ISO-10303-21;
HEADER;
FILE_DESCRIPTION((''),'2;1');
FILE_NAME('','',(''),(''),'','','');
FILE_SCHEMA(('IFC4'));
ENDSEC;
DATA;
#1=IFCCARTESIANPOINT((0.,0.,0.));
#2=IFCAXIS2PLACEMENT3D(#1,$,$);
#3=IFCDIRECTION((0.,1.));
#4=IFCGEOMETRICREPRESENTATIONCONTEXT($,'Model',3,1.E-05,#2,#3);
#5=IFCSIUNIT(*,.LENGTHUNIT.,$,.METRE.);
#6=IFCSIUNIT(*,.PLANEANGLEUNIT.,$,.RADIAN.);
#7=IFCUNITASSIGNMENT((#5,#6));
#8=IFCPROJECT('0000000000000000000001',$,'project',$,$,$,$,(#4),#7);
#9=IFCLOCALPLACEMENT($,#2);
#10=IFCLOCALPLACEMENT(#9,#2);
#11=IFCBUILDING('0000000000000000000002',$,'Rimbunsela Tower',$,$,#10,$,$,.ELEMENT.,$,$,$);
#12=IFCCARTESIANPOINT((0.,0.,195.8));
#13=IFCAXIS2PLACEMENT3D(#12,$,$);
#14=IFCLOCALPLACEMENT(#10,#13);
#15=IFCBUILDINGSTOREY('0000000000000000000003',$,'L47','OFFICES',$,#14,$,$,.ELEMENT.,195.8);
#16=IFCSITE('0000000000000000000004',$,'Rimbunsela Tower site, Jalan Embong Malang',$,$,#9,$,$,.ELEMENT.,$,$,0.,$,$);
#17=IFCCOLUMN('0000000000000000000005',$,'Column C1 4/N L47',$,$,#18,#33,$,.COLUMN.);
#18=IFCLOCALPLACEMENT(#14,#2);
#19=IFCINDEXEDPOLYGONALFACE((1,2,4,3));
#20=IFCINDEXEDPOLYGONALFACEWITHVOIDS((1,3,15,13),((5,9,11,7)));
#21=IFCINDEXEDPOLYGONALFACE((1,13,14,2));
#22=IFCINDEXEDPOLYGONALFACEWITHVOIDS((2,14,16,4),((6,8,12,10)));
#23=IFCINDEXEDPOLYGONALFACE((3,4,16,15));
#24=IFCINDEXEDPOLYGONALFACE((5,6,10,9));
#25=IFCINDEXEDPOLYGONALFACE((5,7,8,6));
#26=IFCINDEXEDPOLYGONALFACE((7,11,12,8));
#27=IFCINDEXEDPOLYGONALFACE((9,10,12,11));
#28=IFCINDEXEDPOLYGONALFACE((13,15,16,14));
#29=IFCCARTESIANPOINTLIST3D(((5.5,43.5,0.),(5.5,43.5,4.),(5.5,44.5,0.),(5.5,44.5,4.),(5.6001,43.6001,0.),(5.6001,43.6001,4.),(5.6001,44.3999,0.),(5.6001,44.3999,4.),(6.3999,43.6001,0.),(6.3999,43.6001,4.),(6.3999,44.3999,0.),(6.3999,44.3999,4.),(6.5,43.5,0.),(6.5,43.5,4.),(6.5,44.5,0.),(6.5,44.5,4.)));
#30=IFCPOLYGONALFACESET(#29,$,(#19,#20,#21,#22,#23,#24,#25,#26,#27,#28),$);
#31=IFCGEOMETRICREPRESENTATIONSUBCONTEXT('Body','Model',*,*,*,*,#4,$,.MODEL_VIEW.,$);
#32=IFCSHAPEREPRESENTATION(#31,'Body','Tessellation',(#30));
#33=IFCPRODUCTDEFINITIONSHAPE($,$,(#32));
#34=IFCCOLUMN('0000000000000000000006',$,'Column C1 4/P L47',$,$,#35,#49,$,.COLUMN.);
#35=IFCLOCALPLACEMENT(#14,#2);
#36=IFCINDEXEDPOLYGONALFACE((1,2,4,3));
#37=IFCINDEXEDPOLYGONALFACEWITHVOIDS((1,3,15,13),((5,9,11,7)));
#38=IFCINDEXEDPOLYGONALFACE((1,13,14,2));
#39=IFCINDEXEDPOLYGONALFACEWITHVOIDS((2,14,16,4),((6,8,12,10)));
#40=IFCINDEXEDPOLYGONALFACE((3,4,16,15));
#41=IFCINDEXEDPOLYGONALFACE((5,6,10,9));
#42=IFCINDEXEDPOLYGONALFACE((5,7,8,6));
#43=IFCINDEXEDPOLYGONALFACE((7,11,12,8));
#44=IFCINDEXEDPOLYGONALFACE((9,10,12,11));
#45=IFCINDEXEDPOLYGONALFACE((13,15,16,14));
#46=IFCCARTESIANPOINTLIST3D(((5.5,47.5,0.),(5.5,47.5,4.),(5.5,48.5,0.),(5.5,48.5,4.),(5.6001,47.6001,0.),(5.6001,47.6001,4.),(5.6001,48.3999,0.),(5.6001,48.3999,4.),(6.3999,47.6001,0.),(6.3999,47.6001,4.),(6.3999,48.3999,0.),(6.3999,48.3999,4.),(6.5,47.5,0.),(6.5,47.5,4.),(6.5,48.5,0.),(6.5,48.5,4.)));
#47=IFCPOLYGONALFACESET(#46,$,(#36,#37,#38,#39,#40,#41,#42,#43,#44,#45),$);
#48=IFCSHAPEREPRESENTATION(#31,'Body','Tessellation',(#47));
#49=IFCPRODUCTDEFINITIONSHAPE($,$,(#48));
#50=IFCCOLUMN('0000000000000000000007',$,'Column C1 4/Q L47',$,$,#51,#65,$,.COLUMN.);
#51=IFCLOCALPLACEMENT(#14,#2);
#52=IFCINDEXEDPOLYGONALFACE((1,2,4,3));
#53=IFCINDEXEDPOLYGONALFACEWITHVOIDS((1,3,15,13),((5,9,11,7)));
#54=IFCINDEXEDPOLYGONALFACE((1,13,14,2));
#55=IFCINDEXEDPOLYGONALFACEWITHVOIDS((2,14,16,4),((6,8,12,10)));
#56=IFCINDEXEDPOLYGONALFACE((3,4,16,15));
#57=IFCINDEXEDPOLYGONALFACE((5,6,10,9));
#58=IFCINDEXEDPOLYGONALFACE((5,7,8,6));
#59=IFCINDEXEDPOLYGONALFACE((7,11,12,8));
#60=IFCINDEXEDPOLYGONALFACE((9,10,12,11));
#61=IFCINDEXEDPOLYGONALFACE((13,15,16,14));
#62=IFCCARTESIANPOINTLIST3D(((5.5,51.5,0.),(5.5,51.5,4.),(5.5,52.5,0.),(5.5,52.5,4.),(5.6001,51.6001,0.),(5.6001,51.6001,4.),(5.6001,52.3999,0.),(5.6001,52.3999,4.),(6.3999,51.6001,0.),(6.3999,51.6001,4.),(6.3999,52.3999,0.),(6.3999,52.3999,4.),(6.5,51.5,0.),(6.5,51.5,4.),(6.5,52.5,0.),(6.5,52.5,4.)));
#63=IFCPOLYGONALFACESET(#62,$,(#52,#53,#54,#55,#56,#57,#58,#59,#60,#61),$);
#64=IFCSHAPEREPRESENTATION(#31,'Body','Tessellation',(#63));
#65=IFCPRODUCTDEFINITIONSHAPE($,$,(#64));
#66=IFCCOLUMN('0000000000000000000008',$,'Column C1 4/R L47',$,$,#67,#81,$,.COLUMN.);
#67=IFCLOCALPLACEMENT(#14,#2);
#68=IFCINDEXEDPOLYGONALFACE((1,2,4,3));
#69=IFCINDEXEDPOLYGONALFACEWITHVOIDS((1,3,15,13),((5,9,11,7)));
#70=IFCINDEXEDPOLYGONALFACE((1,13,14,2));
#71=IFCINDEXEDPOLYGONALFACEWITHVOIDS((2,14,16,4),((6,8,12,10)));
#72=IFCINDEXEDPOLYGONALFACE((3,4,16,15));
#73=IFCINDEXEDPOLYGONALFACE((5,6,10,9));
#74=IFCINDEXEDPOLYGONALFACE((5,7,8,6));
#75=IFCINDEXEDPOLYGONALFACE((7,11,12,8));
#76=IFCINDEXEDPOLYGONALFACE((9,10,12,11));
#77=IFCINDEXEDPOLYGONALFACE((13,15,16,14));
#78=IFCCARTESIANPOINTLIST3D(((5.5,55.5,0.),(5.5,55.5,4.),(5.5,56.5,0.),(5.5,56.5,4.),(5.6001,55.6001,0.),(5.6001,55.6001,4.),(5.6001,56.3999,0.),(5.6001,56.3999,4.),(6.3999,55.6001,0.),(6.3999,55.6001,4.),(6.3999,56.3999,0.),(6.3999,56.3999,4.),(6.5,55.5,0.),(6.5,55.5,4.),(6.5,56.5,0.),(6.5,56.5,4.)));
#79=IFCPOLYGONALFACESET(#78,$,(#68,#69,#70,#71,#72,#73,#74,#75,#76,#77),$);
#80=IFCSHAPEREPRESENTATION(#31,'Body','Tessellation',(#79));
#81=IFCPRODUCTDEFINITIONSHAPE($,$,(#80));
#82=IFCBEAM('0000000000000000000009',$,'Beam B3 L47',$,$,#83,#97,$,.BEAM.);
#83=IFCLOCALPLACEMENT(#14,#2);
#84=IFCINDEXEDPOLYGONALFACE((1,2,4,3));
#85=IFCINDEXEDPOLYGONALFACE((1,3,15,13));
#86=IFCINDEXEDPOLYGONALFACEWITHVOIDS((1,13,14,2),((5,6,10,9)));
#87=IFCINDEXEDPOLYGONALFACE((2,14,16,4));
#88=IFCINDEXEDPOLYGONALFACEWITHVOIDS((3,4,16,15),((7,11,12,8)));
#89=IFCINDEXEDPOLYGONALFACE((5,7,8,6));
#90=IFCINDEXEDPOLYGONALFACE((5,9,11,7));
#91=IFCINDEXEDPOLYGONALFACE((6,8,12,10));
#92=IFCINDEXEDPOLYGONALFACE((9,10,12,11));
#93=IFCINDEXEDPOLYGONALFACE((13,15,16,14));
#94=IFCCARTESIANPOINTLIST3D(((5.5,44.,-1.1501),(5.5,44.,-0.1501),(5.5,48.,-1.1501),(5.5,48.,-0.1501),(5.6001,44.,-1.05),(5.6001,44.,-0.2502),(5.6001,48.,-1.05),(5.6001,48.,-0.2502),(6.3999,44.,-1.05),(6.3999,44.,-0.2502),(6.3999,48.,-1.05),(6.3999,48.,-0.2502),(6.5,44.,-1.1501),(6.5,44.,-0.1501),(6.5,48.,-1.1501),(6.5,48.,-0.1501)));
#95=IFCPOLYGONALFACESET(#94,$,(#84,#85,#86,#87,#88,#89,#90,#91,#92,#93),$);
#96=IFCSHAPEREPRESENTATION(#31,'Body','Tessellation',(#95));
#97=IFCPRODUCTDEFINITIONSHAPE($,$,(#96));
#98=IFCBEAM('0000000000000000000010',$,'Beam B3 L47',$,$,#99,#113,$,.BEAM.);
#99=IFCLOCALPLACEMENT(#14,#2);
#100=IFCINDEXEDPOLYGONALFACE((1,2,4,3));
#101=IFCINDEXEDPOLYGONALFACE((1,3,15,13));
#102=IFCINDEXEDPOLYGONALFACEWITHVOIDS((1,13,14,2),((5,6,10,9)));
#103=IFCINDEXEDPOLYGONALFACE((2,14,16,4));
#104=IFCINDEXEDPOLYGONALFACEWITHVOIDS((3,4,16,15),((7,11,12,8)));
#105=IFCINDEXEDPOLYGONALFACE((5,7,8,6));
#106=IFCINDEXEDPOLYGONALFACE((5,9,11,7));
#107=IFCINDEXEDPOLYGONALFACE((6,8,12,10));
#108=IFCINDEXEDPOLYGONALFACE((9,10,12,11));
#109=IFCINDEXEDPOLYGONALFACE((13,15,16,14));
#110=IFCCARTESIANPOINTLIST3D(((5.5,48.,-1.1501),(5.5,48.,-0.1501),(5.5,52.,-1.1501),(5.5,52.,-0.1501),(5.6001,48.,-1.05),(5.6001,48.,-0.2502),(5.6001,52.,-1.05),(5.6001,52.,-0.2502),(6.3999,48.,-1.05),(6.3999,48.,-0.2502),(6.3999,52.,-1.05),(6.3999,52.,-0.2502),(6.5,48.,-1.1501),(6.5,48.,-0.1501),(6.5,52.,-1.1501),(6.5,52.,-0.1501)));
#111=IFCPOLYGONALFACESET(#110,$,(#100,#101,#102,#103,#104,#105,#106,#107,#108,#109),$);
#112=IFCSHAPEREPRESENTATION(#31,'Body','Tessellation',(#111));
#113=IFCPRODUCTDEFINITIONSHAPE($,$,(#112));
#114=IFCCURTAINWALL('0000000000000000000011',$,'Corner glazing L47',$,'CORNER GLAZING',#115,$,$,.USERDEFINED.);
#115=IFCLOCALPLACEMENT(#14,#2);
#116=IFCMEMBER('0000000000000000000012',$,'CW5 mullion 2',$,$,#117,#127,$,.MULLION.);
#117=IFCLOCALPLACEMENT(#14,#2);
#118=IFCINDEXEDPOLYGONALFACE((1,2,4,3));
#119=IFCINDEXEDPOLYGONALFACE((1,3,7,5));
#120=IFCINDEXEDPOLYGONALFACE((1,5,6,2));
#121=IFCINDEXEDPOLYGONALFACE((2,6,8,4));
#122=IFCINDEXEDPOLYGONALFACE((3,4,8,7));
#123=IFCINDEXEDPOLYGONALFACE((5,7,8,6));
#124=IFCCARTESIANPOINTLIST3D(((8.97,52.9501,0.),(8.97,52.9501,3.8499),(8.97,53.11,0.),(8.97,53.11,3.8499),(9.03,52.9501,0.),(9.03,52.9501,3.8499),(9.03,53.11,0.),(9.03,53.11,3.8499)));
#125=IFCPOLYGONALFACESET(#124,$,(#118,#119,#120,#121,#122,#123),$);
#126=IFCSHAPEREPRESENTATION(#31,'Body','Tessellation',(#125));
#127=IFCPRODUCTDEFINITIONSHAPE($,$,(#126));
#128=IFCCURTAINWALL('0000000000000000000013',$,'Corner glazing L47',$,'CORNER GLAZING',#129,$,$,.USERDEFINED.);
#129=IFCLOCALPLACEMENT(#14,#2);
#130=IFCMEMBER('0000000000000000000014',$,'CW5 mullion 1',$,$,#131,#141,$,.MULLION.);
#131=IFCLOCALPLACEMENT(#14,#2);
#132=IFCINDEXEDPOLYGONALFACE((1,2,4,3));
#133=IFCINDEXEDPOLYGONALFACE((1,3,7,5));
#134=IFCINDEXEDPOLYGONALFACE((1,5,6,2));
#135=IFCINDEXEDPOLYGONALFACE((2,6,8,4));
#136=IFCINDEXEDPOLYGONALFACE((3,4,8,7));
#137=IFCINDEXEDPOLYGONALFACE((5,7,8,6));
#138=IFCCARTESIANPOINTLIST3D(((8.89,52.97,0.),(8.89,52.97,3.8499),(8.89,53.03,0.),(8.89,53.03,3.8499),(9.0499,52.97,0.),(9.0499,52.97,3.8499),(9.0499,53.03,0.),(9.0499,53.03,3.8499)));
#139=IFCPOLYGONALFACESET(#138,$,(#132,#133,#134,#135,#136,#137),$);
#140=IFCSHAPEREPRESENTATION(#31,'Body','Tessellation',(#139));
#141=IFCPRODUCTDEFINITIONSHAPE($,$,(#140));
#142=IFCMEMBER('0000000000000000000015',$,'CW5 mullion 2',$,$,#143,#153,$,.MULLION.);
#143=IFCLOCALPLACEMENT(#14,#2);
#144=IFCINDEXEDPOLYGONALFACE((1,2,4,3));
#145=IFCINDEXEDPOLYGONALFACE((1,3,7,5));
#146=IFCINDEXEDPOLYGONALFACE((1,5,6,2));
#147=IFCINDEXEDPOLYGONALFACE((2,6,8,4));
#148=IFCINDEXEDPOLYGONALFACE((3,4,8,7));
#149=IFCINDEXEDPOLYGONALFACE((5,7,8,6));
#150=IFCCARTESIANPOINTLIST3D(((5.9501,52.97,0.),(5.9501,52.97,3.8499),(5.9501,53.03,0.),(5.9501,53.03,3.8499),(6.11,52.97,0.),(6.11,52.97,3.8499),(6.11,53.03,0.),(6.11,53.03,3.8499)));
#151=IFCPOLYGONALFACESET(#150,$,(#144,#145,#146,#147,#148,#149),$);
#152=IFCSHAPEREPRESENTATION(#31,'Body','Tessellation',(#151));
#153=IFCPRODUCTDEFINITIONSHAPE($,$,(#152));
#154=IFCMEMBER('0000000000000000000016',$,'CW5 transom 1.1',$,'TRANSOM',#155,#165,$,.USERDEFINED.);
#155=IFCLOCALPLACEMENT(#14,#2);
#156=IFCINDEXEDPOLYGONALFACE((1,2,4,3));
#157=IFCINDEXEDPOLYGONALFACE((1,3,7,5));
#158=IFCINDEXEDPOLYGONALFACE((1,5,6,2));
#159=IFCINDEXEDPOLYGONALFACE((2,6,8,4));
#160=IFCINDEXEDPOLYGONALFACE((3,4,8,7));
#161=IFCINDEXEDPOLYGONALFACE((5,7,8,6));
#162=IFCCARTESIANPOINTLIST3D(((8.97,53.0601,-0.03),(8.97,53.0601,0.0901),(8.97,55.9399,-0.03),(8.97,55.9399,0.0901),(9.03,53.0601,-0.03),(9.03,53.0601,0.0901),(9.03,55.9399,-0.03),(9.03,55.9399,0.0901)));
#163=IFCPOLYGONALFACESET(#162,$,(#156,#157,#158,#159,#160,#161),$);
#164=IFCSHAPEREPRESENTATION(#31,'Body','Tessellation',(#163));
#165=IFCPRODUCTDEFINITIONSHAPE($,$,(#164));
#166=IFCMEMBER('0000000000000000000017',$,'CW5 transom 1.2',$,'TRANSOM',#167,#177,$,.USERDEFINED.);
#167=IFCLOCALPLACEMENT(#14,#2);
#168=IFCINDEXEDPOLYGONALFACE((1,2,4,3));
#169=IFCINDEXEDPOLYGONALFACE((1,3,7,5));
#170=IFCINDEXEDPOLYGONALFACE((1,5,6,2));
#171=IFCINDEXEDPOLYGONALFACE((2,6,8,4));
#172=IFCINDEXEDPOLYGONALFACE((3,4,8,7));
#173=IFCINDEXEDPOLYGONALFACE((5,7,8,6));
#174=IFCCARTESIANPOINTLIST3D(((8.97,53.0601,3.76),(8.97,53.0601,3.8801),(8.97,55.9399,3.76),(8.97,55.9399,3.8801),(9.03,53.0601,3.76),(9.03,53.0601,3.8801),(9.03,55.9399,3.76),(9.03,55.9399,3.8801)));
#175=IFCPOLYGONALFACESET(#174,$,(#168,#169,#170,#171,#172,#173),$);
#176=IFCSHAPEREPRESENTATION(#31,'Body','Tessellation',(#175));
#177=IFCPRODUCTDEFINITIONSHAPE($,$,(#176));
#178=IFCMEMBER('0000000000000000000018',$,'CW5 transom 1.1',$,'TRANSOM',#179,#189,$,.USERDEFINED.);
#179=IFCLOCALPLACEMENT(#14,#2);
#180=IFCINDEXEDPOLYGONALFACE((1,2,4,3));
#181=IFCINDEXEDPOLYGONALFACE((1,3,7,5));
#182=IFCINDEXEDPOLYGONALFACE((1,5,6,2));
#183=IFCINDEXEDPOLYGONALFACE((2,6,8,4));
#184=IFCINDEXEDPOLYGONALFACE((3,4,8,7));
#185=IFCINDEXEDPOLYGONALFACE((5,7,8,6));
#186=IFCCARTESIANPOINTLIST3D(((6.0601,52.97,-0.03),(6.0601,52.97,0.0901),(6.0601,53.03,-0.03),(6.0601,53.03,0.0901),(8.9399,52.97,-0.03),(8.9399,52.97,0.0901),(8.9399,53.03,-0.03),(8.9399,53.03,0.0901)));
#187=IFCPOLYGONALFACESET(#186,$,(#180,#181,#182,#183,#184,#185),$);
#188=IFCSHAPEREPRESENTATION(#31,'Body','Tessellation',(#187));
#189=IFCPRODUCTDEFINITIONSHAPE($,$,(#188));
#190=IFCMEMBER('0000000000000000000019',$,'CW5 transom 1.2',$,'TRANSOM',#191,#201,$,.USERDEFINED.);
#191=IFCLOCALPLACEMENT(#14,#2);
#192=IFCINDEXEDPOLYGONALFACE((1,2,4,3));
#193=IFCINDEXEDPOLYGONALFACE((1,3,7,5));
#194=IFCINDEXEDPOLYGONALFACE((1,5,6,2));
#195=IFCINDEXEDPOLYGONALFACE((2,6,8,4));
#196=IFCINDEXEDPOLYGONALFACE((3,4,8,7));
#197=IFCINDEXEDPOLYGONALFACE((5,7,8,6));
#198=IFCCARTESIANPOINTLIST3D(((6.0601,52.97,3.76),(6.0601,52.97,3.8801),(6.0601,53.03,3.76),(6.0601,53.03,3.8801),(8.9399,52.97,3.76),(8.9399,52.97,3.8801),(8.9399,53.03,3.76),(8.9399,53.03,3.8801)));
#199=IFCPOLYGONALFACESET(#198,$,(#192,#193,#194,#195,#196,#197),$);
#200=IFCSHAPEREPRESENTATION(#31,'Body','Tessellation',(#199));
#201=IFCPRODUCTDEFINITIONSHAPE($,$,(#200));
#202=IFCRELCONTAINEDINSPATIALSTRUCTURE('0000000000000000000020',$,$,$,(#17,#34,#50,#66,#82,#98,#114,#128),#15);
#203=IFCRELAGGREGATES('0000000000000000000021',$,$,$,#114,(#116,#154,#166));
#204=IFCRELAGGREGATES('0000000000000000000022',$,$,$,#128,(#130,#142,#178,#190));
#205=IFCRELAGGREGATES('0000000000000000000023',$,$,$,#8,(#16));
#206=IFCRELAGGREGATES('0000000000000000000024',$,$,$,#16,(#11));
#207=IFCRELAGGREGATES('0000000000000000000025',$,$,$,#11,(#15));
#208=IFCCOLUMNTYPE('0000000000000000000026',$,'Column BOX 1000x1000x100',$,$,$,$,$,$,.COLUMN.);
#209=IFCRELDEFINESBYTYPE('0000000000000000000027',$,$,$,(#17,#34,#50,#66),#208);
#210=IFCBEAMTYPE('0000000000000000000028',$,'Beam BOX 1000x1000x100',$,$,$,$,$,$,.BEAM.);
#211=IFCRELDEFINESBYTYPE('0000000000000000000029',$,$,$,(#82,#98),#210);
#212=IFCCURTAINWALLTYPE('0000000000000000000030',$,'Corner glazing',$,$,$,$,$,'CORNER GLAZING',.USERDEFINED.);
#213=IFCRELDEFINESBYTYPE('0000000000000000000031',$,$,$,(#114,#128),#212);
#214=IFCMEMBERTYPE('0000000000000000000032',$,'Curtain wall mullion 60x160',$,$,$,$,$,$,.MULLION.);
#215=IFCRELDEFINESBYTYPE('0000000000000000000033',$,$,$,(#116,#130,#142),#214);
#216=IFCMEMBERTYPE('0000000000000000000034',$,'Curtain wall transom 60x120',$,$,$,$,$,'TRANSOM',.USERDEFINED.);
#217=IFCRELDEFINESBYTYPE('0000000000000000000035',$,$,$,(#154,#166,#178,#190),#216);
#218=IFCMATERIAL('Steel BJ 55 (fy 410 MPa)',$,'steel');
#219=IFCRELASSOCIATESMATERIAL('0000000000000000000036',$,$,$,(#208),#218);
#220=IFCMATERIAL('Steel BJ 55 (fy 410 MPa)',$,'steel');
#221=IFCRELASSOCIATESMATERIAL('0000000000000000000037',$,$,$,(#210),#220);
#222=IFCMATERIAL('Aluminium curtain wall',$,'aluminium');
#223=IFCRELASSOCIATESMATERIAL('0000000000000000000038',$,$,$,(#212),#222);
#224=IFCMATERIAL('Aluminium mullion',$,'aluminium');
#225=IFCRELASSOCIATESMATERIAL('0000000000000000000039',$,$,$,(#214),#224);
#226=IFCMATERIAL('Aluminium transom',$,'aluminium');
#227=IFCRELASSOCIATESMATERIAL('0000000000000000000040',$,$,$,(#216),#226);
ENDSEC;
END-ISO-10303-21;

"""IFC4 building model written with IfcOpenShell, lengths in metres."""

from ifc_helpers import new_model, si_unit, direction, frame, origin, origin_2d, place, context, subcontext, project, spatial, rectangle, hollow_rectangle, extrude, material, material_profile, profile_set, type_object, element, aggregate, save


model = new_model("IFC4")

# Units and contexts
model_context = context("Model", 3, precision=1e-05, world=origin(), true_north=direction((0.0, 1.0)))
body_context = subcontext(model_context, "Body", "Model", "MODEL_VIEW")
ifc_project = project(units=[si_unit("LENGTHUNIT", "METRE"), si_unit("PLANEANGLEUNIT", "RADIAN")], contexts=[model_context])

# Site, building, storey
site_placement = place(None, origin())
site = spatial("IfcSite", under=ifc_project, at=site_placement, Name="Rimbunsela Tower site, Jalan Embong Malang", CompositionType="ELEMENT", RefElevation=0.0)
building_placement = place(site_placement, origin())
building = spatial("IfcBuilding", under=site, at=building_placement, Name="Rimbunsela Tower", CompositionType="ELEMENT")
storey_placement = place(building_placement, frame((0.0, 0.0, 195.8)))
storey = spatial("IfcBuildingStorey", under=building, at=storey_placement, Name="L47", Description="OFFICES", CompositionType="ELEMENT", Elevation=195.8)

# Columns
ifc_material_1 = material(Name="Steel BJ 55 (fy 410 MPa)", Category="steel")
ifc_material_profile_1 = material_profile(ifc_material_1, hollow_rectangle(XDim=1.0, YDim=1.0, WallThickness=0.1001, at=origin_2d()), Name="BOX 1000x1000x100")
ifc_profile_set_1 = profile_set([ifc_material_profile_1], Name="Steel BJ 55 (fy 410 MPa)")
column_type = type_object("IfcColumnType", Name="Column BOX 1000x1000x100", PredefinedType="COLUMN", material=ifc_profile_set_1)
for number, where, z_axis, x_axis, name in (
    (1, (6.0, 44.0, 0.0), (0.0, 0.0, 1.0), (1.0, 0.0, 0.0), "Column C1 4/N L47"),
    (2, (6.0, 48.0, 0.0), (0.0, 0.0, 1.0), (1.0, 0.0, 0.0), "Column C1 4/P L47"),
    (3, (6.0, 52.0, 0.0), (0.0, 0.0, 1.0), (1.0, 0.0, 0.0), "Column C1 4/Q L47"),
    (4, (6.0, 56.0, 0.0), (0.0, 0.0, 1.0), (1.0, 0.0, 0.0), "Column C1 4/R L47"),
):
    element("IfcColumn", number, at=place(storey_placement, frame(where, z_axis=z_axis, x_axis=x_axis)), inside=storey, type_object=column_type, Name=name, PredefinedType="COLUMN", context=body_context, shape_type="SweptSolid", body=[
        extrude(hollow_rectangle(XDim=1.0, YDim=1.0, WallThickness=0.1001, at=origin_2d()), origin(), (0.0, 0.0, 1.0), 4.0),
    ])

# Beams
ifc_material_2 = material(Name="Steel BJ 55 (fy 410 MPa)", Category="steel")
ifc_material_profile_2 = material_profile(ifc_material_2, hollow_rectangle(XDim=1.0, YDim=1.0, WallThickness=0.1001, at=origin_2d()), Name="BOX 1000x1000x100")
ifc_profile_set_2 = profile_set([ifc_material_profile_2], Name="Steel BJ 55 (fy 410 MPa)")
beam_type = type_object("IfcBeamType", Name="Beam BOX 1000x1000x100", PredefinedType="BEAM", material=ifc_profile_set_2)
for number, where, z_axis, x_axis, name in (
    (5, (6.0, 44.0, -0.6501), (0.0, 1.0, 0.0), (-1.0, 0.0, 0.0), "Beam B3 L47"),
    (6, (6.0, 48.0, -0.6501), (0.0, 1.0, 0.0), (-1.0, 0.0, 0.0), "Beam B3 L47"),
):
    element("IfcBeam", number, at=place(storey_placement, frame(where, z_axis=z_axis, x_axis=x_axis)), inside=storey, type_object=beam_type, Name=name, PredefinedType="BEAM", context=body_context, shape_type="SweptSolid", body=[
        extrude(hollow_rectangle(XDim=1.0, YDim=1.0, WallThickness=0.1001, at=origin_2d()), origin(), (0.0, 0.0, 1.0), 4.0),
    ])

# Curtain wall, member
ifc_material_3 = material(Name="Aluminium curtain wall", Category="aluminium")
curtain_wall_type = type_object("IfcCurtainWallType", Name="Corner glazing", ElementType="CORNER GLAZING", PredefinedType="USERDEFINED", material=ifc_material_3)
curtain_wall_1_placement = place(storey_placement, origin())
curtain_wall_1 = element("IfcCurtainWall", 7, at=curtain_wall_1_placement, inside=storey, type_object=curtain_wall_type, Name="Corner glazing L47", ObjectType="CORNER GLAZING", PredefinedType="USERDEFINED")
ifc_material_4 = material(Name="Aluminium mullion", Category="aluminium")
ifc_material_profile_3 = material_profile(ifc_material_4, rectangle(XDim=0.0601, YDim=0.1599, at=origin_2d()), Name="Mullion 60x160")
ifc_profile_set_3 = profile_set([ifc_material_profile_3], Name="Aluminium mullion")
member_type_1 = type_object("IfcMemberType", Name="Curtain wall mullion 60x160", PredefinedType="MULLION", material=ifc_profile_set_3)
member_1_placement = place(storey_placement, frame((9.0, 53.03, 0.0), z_axis=(0.0, 0.0, 1.0), x_axis=(1.0, 0.0, 0.0)))
member_1 = element("IfcMember", 8, at=member_1_placement, type_object=member_type_1, Name="CW5 mullion 2", PredefinedType="MULLION", context=body_context, shape_type="SweptSolid", body=[
    extrude(rectangle(XDim=0.0601, YDim=0.1599, at=origin_2d()), origin(), (0.0, 0.0, 1.0), 3.8499),
])

# Curtain wall, members
curtain_wall_2_placement = place(storey_placement, origin())
curtain_wall_2 = element("IfcCurtainWall", 9, at=curtain_wall_2_placement, inside=storey, type_object=curtain_wall_type, Name="Corner glazing L47", ObjectType="CORNER GLAZING", PredefinedType="USERDEFINED")
member_2_placement = place(storey_placement, frame((8.97, 53.0, 0.0), z_axis=(0.0, 0.0, 1.0), x_axis=(0.0, -1.0, 0.0)))
member_2 = element("IfcMember", 10, at=member_2_placement, type_object=member_type_1, Name="CW5 mullion 1", PredefinedType="MULLION", context=body_context, shape_type="SweptSolid", body=[
    extrude(rectangle(XDim=0.0601, YDim=0.1599, at=origin_2d()), origin(), (0.0, 0.0, 1.0), 3.8499),
])
member_3_placement = place(storey_placement, frame((6.03, 53.0, 0.0), z_axis=(0.0, 0.0, 1.0), x_axis=(0.0, -1.0, 0.0)))
member_3 = element("IfcMember", 11, at=member_3_placement, type_object=member_type_1, Name="CW5 mullion 2", PredefinedType="MULLION", context=body_context, shape_type="SweptSolid", body=[
    extrude(rectangle(XDim=0.0601, YDim=0.1599, at=origin_2d()), origin(), (0.0, 0.0, 1.0), 3.8499),
])

# Members
ifc_material_5 = material(Name="Aluminium transom", Category="aluminium")
ifc_material_profile_4 = material_profile(ifc_material_5, rectangle(XDim=0.0601, YDim=0.1201, at=origin_2d()), Name="Transom 60x120")
ifc_profile_set_4 = profile_set([ifc_material_profile_4], Name="Aluminium transom")
member_type_2 = type_object("IfcMemberType", Name="Curtain wall transom 60x120", ElementType="TRANSOM", PredefinedType="USERDEFINED", material=ifc_profile_set_4)
member_4_placement = place(storey_placement, frame((9.0, 55.9399, 0.03), z_axis=(0.0, -1.0, 0.0), x_axis=(1.0, 0.0, 0.0)))
member_4 = element("IfcMember", 12, at=member_4_placement, type_object=member_type_2, Name="CW5 transom 1.1", ObjectType="TRANSOM", PredefinedType="USERDEFINED", context=body_context, shape_type="SweptSolid", body=[
    extrude(rectangle(XDim=0.0601, YDim=0.1201, at=origin_2d()), origin(), (0.0, 0.0, 1.0), 2.8799),
])
member_5_placement = place(storey_placement, frame((9.0, 55.9399, 3.8201), z_axis=(0.0, -1.0, 0.0), x_axis=(1.0, 0.0, 0.0)))
member_5 = element("IfcMember", 13, at=member_5_placement, type_object=member_type_2, Name="CW5 transom 1.2", ObjectType="TRANSOM", PredefinedType="USERDEFINED", context=body_context, shape_type="SweptSolid", body=[
    extrude(rectangle(XDim=0.0601, YDim=0.1201, at=origin_2d()), origin(), (0.0, 0.0, 1.0), 2.8799),
])
member_6_placement = place(storey_placement, frame((8.9399, 53.0, 0.03), z_axis=(-1.0, 0.0, 0.0), x_axis=(0.0, -1.0, 0.0)))
member_6 = element("IfcMember", 14, at=member_6_placement, type_object=member_type_2, Name="CW5 transom 1.1", ObjectType="TRANSOM", PredefinedType="USERDEFINED", context=body_context, shape_type="SweptSolid", body=[
    extrude(rectangle(XDim=0.0601, YDim=0.1201, at=origin_2d()), origin(), (0.0, 0.0, 1.0), 2.8799),
])
member_7_placement = place(storey_placement, frame((8.9399, 53.0, 3.8201), z_axis=(-1.0, 0.0, 0.0), x_axis=(0.0, -1.0, 0.0)))
member_7 = element("IfcMember", 15, at=member_7_placement, type_object=member_type_2, Name="CW5 transom 1.2", ObjectType="TRANSOM", PredefinedType="USERDEFINED", context=body_context, shape_type="SweptSolid", body=[
    extrude(rectangle(XDim=0.0601, YDim=0.1201, at=origin_2d()), origin(), (0.0, 0.0, 1.0), 2.8799),
])

aggregate(curtain_wall_1, [member_1, member_4, member_5])
aggregate(curtain_wall_2, [member_2, member_3, member_6, member_7])

save(model, "model.ifc")
